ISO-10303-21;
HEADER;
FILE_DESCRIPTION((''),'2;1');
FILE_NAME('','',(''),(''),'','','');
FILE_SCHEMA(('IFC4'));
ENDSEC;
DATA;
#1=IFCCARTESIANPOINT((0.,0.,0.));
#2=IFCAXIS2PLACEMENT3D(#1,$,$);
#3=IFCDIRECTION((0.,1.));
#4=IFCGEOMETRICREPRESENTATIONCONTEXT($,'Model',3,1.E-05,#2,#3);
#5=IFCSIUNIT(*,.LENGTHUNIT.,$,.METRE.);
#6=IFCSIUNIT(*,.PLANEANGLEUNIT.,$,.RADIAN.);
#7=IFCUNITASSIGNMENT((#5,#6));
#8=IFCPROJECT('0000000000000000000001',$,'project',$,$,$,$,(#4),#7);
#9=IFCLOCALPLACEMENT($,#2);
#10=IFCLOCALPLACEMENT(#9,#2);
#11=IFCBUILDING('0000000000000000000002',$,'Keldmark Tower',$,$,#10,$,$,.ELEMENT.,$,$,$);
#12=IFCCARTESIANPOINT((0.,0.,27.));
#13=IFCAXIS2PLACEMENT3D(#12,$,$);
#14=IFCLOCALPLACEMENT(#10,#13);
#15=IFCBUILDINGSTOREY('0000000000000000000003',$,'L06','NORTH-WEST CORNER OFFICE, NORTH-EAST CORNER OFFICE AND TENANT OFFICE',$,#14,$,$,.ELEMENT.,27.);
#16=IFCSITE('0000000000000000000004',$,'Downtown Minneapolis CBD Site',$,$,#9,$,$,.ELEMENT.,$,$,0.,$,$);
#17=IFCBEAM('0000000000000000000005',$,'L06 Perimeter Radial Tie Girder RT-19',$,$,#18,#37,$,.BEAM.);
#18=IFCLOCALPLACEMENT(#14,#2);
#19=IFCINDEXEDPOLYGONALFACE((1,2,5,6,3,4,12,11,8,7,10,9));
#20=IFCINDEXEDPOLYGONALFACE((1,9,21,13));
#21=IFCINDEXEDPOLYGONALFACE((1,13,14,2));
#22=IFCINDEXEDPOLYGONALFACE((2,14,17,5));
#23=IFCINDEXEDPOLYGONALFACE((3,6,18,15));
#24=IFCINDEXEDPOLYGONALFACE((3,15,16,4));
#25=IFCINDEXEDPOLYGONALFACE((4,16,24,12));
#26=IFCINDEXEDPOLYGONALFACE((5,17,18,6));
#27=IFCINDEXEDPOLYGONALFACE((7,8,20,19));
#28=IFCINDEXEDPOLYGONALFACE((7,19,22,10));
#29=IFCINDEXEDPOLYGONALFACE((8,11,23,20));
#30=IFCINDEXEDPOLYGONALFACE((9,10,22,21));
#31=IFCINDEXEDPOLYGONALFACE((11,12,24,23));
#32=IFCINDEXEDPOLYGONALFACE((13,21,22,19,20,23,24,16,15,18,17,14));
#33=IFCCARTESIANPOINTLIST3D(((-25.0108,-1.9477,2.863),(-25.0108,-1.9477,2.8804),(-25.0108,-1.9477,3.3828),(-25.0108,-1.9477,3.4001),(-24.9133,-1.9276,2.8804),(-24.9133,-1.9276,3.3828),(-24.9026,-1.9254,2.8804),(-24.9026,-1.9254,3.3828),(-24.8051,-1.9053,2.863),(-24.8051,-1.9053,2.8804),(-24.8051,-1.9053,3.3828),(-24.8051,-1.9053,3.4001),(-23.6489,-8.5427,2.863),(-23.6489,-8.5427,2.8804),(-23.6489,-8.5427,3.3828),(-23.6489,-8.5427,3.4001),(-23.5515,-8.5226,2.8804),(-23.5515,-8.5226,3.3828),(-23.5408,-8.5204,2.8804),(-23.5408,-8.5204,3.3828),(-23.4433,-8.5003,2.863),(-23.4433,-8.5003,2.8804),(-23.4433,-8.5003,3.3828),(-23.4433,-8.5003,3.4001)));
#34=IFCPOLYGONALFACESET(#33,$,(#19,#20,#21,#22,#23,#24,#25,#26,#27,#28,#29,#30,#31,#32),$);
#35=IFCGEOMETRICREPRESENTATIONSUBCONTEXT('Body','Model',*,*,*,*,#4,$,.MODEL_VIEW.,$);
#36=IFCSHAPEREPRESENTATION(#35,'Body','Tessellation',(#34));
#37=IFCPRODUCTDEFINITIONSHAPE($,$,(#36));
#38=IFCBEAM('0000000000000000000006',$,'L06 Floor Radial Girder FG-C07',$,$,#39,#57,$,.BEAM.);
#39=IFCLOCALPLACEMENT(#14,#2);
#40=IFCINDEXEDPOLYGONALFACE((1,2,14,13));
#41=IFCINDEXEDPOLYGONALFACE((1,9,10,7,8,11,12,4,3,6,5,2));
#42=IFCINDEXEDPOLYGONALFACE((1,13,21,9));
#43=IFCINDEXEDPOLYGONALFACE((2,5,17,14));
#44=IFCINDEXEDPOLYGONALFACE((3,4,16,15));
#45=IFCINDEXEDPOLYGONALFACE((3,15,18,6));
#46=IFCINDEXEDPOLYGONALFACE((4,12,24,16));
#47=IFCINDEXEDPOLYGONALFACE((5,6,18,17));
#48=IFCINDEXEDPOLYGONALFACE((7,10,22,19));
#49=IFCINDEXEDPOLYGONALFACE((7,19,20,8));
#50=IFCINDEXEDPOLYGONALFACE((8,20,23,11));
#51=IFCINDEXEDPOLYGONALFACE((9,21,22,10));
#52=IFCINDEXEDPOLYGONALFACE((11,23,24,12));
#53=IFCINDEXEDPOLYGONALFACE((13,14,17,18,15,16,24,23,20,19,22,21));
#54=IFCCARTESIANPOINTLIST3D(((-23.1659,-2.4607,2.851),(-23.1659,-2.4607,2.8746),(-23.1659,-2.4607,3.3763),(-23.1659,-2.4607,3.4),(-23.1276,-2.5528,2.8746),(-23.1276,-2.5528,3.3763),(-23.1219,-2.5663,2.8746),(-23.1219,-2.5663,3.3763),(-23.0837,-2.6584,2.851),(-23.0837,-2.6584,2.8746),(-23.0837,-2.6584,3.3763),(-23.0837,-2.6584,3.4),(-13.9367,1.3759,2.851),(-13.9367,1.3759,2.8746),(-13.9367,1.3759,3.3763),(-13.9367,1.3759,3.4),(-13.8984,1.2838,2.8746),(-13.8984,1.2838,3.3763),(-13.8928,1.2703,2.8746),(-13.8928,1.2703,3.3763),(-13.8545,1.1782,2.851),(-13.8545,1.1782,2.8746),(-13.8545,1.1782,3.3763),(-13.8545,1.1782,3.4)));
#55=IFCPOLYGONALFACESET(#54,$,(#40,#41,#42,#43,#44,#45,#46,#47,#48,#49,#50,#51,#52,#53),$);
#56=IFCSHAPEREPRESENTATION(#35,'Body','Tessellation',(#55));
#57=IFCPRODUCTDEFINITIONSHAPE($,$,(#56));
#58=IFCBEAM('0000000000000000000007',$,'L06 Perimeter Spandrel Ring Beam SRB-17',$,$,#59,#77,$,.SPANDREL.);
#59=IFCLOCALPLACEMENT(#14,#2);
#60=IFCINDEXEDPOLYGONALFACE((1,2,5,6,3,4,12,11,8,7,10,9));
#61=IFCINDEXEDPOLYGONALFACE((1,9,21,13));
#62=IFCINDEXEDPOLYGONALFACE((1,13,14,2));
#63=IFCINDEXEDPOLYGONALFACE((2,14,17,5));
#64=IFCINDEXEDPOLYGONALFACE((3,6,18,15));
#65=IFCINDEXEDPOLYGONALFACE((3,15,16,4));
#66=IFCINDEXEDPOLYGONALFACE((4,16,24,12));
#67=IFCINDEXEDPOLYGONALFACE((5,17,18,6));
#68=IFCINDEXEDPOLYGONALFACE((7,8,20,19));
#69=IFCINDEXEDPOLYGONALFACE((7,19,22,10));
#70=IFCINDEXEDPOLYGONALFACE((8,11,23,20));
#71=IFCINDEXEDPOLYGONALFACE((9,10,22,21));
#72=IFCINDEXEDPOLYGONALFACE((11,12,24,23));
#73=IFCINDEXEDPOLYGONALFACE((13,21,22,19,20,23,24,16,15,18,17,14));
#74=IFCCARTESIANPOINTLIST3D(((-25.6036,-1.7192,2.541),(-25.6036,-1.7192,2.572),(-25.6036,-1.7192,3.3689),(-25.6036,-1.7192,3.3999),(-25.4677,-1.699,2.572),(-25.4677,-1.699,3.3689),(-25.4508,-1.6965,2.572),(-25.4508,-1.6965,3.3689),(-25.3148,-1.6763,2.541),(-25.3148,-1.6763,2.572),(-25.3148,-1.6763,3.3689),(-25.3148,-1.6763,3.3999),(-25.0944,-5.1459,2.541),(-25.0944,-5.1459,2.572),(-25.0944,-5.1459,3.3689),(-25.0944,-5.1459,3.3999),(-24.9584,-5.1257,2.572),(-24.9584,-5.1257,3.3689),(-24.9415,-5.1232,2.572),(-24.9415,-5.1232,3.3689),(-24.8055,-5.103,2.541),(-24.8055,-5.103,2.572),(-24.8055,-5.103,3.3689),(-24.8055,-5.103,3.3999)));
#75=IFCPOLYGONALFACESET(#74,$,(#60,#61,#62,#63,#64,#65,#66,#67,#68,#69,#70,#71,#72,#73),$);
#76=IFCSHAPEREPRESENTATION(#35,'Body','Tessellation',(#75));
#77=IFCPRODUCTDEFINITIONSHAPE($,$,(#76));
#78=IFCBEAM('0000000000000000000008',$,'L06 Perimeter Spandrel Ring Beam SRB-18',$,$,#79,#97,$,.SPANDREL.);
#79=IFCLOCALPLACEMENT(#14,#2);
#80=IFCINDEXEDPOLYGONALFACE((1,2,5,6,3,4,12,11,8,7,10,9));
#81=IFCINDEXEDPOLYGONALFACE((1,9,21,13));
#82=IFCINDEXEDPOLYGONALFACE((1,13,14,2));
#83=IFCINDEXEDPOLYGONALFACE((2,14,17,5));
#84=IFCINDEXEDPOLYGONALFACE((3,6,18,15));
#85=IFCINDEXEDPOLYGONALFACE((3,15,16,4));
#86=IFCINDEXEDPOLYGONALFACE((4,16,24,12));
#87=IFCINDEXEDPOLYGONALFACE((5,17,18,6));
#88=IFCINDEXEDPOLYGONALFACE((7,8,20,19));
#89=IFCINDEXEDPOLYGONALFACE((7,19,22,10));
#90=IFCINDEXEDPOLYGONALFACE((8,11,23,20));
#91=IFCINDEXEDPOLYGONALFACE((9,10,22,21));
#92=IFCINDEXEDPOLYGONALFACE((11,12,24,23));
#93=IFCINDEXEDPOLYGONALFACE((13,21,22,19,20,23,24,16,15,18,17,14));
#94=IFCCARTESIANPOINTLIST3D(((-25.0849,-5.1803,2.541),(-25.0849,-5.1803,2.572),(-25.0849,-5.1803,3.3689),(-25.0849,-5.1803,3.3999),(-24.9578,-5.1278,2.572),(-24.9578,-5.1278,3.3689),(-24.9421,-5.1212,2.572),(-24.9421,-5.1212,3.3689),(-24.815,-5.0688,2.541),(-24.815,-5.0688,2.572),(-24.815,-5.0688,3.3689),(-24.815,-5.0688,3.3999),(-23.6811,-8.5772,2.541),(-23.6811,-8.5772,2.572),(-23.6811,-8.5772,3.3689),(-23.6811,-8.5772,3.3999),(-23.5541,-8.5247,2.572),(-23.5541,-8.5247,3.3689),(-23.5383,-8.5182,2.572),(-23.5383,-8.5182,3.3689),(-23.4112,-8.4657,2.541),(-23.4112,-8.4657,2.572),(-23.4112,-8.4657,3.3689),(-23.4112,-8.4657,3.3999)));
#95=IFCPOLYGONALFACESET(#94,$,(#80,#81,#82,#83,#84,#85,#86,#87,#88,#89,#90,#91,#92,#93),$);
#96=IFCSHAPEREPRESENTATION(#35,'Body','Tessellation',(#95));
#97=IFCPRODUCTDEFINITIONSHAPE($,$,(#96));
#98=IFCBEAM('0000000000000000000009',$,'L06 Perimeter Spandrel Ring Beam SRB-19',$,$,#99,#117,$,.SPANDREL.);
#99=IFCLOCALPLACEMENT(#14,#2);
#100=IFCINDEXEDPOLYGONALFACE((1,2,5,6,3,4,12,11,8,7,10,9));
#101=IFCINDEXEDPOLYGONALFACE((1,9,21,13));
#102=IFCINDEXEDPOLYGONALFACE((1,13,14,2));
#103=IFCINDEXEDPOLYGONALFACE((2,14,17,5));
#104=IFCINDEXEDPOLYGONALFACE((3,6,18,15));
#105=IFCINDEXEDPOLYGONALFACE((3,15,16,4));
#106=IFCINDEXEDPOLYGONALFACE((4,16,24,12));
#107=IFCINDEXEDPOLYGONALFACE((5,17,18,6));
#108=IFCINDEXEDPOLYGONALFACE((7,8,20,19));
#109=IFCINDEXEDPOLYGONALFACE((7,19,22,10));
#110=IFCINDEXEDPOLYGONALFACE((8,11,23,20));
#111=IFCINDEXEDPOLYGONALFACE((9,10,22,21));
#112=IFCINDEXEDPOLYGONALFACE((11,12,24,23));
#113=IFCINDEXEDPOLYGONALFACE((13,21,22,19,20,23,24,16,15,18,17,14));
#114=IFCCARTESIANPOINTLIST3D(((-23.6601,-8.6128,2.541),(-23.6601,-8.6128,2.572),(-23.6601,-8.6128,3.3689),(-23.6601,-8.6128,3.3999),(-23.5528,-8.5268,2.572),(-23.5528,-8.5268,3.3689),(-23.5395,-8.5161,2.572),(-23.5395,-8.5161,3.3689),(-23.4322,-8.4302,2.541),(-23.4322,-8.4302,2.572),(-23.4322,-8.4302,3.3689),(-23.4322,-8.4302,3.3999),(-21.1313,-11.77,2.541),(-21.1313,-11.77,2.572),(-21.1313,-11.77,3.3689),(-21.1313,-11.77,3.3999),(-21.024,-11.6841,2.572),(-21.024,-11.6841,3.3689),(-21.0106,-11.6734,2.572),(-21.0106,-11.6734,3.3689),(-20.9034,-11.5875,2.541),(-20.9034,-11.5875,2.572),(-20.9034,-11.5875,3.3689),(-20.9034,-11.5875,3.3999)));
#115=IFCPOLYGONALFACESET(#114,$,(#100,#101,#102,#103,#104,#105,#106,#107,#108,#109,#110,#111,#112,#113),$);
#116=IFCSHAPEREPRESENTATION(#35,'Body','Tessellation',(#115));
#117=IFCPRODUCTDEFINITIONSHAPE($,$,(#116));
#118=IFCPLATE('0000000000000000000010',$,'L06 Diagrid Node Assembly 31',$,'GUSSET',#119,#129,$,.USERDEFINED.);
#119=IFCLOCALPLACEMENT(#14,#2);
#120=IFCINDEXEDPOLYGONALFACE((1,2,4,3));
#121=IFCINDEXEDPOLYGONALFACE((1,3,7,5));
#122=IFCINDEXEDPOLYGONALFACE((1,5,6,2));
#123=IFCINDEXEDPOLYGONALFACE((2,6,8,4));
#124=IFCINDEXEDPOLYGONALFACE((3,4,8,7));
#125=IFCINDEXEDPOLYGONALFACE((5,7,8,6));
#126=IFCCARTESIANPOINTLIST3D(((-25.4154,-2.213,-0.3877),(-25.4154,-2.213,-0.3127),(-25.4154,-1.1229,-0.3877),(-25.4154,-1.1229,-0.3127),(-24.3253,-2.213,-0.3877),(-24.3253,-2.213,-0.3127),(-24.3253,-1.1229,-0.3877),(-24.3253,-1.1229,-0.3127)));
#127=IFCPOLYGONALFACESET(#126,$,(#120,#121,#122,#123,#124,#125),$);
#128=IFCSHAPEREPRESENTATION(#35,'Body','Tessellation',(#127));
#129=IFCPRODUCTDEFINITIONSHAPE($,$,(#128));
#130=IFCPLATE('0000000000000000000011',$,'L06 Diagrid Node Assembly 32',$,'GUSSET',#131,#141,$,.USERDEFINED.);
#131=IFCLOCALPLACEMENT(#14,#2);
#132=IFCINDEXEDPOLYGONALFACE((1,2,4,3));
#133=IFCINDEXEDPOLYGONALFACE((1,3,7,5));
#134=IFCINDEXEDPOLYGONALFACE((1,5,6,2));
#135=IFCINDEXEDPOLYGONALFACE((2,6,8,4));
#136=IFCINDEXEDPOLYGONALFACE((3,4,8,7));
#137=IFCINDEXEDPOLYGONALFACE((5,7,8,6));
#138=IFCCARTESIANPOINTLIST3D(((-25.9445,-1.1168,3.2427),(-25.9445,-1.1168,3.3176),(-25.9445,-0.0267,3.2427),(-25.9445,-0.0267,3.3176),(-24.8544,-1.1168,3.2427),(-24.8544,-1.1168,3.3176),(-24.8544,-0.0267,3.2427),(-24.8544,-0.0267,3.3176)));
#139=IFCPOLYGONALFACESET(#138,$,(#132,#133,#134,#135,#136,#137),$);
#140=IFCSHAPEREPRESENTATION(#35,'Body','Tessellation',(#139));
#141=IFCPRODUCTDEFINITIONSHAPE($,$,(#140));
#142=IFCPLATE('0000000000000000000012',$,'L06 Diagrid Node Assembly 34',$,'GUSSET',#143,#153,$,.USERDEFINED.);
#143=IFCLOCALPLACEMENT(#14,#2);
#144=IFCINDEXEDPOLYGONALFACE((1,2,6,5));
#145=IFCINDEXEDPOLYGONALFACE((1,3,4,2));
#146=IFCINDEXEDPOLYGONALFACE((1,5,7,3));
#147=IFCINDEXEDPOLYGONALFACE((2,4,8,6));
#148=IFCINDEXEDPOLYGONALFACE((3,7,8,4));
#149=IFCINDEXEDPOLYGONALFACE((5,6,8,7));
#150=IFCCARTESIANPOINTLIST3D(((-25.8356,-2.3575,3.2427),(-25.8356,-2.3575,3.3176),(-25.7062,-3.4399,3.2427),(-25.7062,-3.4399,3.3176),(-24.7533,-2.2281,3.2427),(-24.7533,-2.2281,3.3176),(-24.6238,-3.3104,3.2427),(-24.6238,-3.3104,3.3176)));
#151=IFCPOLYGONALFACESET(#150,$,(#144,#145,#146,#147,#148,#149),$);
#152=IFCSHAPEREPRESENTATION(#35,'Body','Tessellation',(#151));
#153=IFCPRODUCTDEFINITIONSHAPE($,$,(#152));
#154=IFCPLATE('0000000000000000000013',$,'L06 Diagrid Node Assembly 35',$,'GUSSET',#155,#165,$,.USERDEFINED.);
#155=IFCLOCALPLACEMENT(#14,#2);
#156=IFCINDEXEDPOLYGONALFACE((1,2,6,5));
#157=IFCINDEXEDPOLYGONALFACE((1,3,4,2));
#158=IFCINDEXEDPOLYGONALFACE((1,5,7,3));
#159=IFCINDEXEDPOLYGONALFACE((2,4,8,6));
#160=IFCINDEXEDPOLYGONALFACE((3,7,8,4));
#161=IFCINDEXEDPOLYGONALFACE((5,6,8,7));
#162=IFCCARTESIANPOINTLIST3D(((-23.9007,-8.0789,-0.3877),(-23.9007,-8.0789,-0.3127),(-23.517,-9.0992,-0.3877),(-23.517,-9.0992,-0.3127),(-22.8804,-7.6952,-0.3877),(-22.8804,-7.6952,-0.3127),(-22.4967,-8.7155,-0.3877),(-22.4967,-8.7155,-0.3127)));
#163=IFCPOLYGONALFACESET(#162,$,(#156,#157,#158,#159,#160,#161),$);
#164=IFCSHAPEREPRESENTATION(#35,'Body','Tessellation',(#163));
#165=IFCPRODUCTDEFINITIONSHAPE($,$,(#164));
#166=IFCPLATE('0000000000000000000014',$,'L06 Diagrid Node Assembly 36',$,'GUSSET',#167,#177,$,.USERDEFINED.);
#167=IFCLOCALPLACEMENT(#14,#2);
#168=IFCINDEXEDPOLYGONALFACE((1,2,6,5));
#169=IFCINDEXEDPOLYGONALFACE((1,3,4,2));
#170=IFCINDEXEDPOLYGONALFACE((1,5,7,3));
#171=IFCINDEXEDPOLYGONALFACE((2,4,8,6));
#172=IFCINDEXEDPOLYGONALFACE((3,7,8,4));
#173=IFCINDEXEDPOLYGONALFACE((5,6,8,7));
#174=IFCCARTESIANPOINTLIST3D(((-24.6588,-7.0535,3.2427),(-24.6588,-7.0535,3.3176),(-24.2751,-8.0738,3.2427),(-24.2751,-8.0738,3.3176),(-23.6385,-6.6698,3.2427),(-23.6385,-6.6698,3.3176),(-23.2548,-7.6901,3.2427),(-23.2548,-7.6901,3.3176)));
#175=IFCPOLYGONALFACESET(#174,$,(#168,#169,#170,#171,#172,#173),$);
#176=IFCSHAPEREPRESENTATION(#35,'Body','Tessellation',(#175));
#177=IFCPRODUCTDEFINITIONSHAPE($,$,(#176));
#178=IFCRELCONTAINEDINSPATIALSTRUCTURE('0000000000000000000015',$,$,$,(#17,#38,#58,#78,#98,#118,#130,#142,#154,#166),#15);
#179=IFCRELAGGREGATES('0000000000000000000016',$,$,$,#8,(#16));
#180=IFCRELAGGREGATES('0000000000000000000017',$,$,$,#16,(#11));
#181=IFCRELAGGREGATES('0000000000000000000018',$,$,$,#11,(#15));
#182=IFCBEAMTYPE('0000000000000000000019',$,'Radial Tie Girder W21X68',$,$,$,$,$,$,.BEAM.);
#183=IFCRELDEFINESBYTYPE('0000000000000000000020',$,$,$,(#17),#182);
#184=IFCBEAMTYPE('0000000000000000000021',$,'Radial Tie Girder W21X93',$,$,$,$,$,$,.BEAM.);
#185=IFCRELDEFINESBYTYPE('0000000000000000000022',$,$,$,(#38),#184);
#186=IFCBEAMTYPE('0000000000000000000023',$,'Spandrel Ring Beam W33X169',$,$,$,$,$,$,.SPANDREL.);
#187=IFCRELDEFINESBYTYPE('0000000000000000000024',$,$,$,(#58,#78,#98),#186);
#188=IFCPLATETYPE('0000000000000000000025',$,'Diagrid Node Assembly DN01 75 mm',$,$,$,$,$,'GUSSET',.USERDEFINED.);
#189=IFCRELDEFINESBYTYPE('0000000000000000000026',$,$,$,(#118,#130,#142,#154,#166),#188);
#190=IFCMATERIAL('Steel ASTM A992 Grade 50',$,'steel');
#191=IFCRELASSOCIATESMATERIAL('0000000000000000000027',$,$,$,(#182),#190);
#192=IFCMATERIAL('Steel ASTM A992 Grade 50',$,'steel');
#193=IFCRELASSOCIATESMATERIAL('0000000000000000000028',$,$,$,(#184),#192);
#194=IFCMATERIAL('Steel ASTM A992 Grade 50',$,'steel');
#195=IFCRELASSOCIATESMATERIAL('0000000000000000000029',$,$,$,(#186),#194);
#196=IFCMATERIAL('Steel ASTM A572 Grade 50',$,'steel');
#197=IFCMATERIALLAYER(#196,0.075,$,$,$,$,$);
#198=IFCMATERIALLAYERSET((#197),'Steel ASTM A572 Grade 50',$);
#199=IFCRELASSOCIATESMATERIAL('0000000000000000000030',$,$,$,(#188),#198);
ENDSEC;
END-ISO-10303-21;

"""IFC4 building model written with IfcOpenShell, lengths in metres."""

from ifc_helpers import new_model, si_unit, direction, frame, origin, origin_2d, place, context, subcontext, project, spatial, rectangle, i_section, extrude, material, layer, layer_set, material_profile, profile_set, type_object, element, save


model = new_model("IFC4")

# Units and contexts
model_context = context("Model", 3, precision=1e-05, world=origin(), true_north=direction((0.0, 1.0)))
body_context = subcontext(model_context, "Body", "Model", "MODEL_VIEW")
ifc_project = project(units=[si_unit("LENGTHUNIT", "METRE"), si_unit("PLANEANGLEUNIT", "RADIAN")], contexts=[model_context])

# Site, building, storey
site_placement = place(None, origin())
site = spatial("IfcSite", under=ifc_project, at=site_placement, Name="Downtown Minneapolis CBD Site", CompositionType="ELEMENT", RefElevation=0.0)
building_placement = place(site_placement, origin())
building = spatial("IfcBuilding", under=site, at=building_placement, Name="Keldmark Tower", CompositionType="ELEMENT")
storey_placement = place(building_placement, frame((0.0, 0.0, 27.0)))
storey = spatial("IfcBuildingStorey", under=building, at=storey_placement, Name="L06", Description="NORTH-WEST CORNER OFFICE, NORTH-EAST CORNER OFFICE AND TENANT OFFICE", CompositionType="ELEMENT", Elevation=27.0)

# Beams
ifc_material_1 = material(Name="Steel ASTM A992 Grade 50", Category="steel")
ifc_material_profile_1 = material_profile(ifc_material_1, i_section(OverallWidth=0.21, OverallDepth=0.5371, WebThickness=0.011, FlangeThickness=0.0173, at=origin_2d()), Name="W21X68")
ifc_profile_set_1 = profile_set([ifc_material_profile_1], Name="Steel ASTM A992 Grade 50")
beam_type_1 = type_object("IfcBeamType", Name="Radial Tie Girder W21X68", PredefinedType="BEAM", material=ifc_profile_set_1)
beam_1_placement = place(storey_placement, frame((-24.908, -1.9265, 3.1316), z_axis=(0.202227, -0.979339, 0.0), x_axis=(0.979339, 0.202227, 0.0)))
element("IfcBeam", 1, at=beam_1_placement, inside=storey, type_object=beam_type_1, Name="L06 Perimeter Radial Tie Girder RT-19", PredefinedType="BEAM", context=body_context, shape_type="SweptSolid", body=[
    extrude(i_section(OverallWidth=0.21, OverallDepth=0.5371, WebThickness=0.011, FlangeThickness=0.0173, at=origin_2d()), origin(), (0.0, 0.0, 1.0), 6.7341),
])
ifc_material_2 = material(Name="Steel ASTM A992 Grade 50", Category="steel")
ifc_material_profile_2 = material_profile(ifc_material_2, i_section(OverallWidth=0.2141, OverallDepth=0.5491, WebThickness=0.0146, FlangeThickness=0.0237, at=origin_2d()), Name="W21X93")
ifc_profile_set_2 = profile_set([ifc_material_profile_2], Name="Steel ASTM A992 Grade 50")
beam_type_2 = type_object("IfcBeamType", Name="Radial Tie Girder W21X93", PredefinedType="BEAM", material=ifc_profile_set_2)
beam_2_placement = place(storey_placement, frame((-23.1248, -2.5596, 3.1255), z_axis=(0.923391, 0.383861, 0.0), x_axis=(-0.383861, 0.923391, 0.0)))
element("IfcBeam", 2, at=beam_2_placement, inside=storey, type_object=beam_type_2, Name="L06 Floor Radial Girder FG-C07", PredefinedType="BEAM", context=body_context, shape_type="SweptSolid", body=[
    extrude(i_section(OverallWidth=0.2141, OverallDepth=0.5491, WebThickness=0.0146, FlangeThickness=0.0237, at=origin_2d()), origin(), (0.0, 0.0, 1.0), 9.9949),
])
ifc_material_3 = material(Name="Steel ASTM A992 Grade 50", Category="steel")
ifc_material_profile_3 = material_profile(ifc_material_3, i_section(OverallWidth=0.292, OverallDepth=0.8589, WebThickness=0.0171, FlangeThickness=0.031, at=origin_2d()), Name="W33X169")
ifc_profile_set_3 = profile_set([ifc_material_profile_3], Name="Steel ASTM A992 Grade 50")
beam_type_3 = type_object("IfcBeamType", Name="Spandrel Ring Beam W33X169", PredefinedType="SPANDREL", material=ifc_profile_set_3)
beam_3_placement = place(storey_placement, frame((-25.4592, -1.6978, 2.9705), z_axis=(0.147003, -0.989136, 0.0), x_axis=(0.989136, 0.147003, 0.0)))
element("IfcBeam", 3, at=beam_3_placement, inside=storey, type_object=beam_type_3, Name="L06 Perimeter Spandrel Ring Beam SRB-17", PredefinedType="SPANDREL", context=body_context, shape_type="SweptSolid", body=[
    extrude(i_section(OverallWidth=0.292, OverallDepth=0.8589, WebThickness=0.0171, FlangeThickness=0.031, at=origin_2d()), origin(), (0.0, 0.0, 1.0), 3.4644),
])
beam_4_placement = place(storey_placement, frame((-24.95, -5.1245, 2.9705), z_axis=(0.381925, -0.924193, 0.0), x_axis=(0.924193, 0.381925, 0.0)))
element("IfcBeam", 4, at=beam_4_placement, inside=storey, type_object=beam_type_3, Name="L06 Perimeter Spandrel Ring Beam SRB-18", PredefinedType="SPANDREL", context=body_context, shape_type="SweptSolid", body=[
    extrude(i_section(OverallWidth=0.292, OverallDepth=0.8589, WebThickness=0.0171, FlangeThickness=0.031, at=origin_2d()), origin(), (0.0, 0.0, 1.0), 3.6755),
])
beam_5_placement = place(storey_placement, frame((-23.5461, -8.5215, 2.9705), z_axis=(0.625151, -0.780504, 0.0), x_axis=(0.780504, 0.625151, 0.0)))
element("IfcBeam", 5, at=beam_5_placement, inside=storey, type_object=beam_type_3, Name="L06 Perimeter Spandrel Ring Beam SRB-19", PredefinedType="SPANDREL", context=body_context, shape_type="SweptSolid", body=[
    extrude(i_section(OverallWidth=0.292, OverallDepth=0.8589, WebThickness=0.0171, FlangeThickness=0.031, at=origin_2d()), origin(), (0.0, 0.0, 1.0), 4.0452),
])

# Plates
ifc_material_4 = material(Name="Steel ASTM A572 Grade 50", Category="steel")
ifc_layer_1 = layer(ifc_material_4, 0.075)
ifc_layer_set_1 = layer_set([ifc_layer_1], Name="Steel ASTM A572 Grade 50")
plate_type = type_object("IfcPlateType", Name="Diagrid Node Assembly DN01 75 mm", ElementType="GUSSET", PredefinedType="USERDEFINED", material=ifc_layer_set_1)
for number, where, z_axis, x_axis, name in (
    (6, (-24.8704, -1.668, -0.3877), (0.0, 0.0, 1.0), (0.0, -1.0, 0.0), "L06 Diagrid Node Assembly 31"),
    (7, (-25.3994, -0.5718, 3.2427), (0.0, 0.0, 1.0), (0.0, -1.0, 0.0), "L06 Diagrid Node Assembly 32"),
    (8, (-25.2297, -2.834, 3.2427), (0.0, 0.0, 1.0), (0.118751, -0.992924, 0.0), "L06 Diagrid Node Assembly 34"),
    (9, (-23.1987, -8.3972, -0.3877), (0.0, 0.0, 1.0), (0.352005, -0.935998, 0.0), "L06 Diagrid Node Assembly 35"),
    (10, (-23.9568, -7.3718, 3.2427), (0.0, 0.0, 1.0), (0.352005, -0.935998, 0.0), "L06 Diagrid Node Assembly 36"),
):
    element("IfcPlate", number, at=place(storey_placement, frame(where, z_axis=z_axis, x_axis=x_axis)), inside=storey, type_object=plate_type, Name=name, ObjectType="GUSSET", PredefinedType="USERDEFINED", context=body_context, shape_type="SweptSolid", body=[
        extrude(rectangle(XDim=1.0901, YDim=1.0901, at=origin_2d()), origin(), (0.0, 0.0, 1.0), 0.075),
    ])

save(model, "model.ifc")
